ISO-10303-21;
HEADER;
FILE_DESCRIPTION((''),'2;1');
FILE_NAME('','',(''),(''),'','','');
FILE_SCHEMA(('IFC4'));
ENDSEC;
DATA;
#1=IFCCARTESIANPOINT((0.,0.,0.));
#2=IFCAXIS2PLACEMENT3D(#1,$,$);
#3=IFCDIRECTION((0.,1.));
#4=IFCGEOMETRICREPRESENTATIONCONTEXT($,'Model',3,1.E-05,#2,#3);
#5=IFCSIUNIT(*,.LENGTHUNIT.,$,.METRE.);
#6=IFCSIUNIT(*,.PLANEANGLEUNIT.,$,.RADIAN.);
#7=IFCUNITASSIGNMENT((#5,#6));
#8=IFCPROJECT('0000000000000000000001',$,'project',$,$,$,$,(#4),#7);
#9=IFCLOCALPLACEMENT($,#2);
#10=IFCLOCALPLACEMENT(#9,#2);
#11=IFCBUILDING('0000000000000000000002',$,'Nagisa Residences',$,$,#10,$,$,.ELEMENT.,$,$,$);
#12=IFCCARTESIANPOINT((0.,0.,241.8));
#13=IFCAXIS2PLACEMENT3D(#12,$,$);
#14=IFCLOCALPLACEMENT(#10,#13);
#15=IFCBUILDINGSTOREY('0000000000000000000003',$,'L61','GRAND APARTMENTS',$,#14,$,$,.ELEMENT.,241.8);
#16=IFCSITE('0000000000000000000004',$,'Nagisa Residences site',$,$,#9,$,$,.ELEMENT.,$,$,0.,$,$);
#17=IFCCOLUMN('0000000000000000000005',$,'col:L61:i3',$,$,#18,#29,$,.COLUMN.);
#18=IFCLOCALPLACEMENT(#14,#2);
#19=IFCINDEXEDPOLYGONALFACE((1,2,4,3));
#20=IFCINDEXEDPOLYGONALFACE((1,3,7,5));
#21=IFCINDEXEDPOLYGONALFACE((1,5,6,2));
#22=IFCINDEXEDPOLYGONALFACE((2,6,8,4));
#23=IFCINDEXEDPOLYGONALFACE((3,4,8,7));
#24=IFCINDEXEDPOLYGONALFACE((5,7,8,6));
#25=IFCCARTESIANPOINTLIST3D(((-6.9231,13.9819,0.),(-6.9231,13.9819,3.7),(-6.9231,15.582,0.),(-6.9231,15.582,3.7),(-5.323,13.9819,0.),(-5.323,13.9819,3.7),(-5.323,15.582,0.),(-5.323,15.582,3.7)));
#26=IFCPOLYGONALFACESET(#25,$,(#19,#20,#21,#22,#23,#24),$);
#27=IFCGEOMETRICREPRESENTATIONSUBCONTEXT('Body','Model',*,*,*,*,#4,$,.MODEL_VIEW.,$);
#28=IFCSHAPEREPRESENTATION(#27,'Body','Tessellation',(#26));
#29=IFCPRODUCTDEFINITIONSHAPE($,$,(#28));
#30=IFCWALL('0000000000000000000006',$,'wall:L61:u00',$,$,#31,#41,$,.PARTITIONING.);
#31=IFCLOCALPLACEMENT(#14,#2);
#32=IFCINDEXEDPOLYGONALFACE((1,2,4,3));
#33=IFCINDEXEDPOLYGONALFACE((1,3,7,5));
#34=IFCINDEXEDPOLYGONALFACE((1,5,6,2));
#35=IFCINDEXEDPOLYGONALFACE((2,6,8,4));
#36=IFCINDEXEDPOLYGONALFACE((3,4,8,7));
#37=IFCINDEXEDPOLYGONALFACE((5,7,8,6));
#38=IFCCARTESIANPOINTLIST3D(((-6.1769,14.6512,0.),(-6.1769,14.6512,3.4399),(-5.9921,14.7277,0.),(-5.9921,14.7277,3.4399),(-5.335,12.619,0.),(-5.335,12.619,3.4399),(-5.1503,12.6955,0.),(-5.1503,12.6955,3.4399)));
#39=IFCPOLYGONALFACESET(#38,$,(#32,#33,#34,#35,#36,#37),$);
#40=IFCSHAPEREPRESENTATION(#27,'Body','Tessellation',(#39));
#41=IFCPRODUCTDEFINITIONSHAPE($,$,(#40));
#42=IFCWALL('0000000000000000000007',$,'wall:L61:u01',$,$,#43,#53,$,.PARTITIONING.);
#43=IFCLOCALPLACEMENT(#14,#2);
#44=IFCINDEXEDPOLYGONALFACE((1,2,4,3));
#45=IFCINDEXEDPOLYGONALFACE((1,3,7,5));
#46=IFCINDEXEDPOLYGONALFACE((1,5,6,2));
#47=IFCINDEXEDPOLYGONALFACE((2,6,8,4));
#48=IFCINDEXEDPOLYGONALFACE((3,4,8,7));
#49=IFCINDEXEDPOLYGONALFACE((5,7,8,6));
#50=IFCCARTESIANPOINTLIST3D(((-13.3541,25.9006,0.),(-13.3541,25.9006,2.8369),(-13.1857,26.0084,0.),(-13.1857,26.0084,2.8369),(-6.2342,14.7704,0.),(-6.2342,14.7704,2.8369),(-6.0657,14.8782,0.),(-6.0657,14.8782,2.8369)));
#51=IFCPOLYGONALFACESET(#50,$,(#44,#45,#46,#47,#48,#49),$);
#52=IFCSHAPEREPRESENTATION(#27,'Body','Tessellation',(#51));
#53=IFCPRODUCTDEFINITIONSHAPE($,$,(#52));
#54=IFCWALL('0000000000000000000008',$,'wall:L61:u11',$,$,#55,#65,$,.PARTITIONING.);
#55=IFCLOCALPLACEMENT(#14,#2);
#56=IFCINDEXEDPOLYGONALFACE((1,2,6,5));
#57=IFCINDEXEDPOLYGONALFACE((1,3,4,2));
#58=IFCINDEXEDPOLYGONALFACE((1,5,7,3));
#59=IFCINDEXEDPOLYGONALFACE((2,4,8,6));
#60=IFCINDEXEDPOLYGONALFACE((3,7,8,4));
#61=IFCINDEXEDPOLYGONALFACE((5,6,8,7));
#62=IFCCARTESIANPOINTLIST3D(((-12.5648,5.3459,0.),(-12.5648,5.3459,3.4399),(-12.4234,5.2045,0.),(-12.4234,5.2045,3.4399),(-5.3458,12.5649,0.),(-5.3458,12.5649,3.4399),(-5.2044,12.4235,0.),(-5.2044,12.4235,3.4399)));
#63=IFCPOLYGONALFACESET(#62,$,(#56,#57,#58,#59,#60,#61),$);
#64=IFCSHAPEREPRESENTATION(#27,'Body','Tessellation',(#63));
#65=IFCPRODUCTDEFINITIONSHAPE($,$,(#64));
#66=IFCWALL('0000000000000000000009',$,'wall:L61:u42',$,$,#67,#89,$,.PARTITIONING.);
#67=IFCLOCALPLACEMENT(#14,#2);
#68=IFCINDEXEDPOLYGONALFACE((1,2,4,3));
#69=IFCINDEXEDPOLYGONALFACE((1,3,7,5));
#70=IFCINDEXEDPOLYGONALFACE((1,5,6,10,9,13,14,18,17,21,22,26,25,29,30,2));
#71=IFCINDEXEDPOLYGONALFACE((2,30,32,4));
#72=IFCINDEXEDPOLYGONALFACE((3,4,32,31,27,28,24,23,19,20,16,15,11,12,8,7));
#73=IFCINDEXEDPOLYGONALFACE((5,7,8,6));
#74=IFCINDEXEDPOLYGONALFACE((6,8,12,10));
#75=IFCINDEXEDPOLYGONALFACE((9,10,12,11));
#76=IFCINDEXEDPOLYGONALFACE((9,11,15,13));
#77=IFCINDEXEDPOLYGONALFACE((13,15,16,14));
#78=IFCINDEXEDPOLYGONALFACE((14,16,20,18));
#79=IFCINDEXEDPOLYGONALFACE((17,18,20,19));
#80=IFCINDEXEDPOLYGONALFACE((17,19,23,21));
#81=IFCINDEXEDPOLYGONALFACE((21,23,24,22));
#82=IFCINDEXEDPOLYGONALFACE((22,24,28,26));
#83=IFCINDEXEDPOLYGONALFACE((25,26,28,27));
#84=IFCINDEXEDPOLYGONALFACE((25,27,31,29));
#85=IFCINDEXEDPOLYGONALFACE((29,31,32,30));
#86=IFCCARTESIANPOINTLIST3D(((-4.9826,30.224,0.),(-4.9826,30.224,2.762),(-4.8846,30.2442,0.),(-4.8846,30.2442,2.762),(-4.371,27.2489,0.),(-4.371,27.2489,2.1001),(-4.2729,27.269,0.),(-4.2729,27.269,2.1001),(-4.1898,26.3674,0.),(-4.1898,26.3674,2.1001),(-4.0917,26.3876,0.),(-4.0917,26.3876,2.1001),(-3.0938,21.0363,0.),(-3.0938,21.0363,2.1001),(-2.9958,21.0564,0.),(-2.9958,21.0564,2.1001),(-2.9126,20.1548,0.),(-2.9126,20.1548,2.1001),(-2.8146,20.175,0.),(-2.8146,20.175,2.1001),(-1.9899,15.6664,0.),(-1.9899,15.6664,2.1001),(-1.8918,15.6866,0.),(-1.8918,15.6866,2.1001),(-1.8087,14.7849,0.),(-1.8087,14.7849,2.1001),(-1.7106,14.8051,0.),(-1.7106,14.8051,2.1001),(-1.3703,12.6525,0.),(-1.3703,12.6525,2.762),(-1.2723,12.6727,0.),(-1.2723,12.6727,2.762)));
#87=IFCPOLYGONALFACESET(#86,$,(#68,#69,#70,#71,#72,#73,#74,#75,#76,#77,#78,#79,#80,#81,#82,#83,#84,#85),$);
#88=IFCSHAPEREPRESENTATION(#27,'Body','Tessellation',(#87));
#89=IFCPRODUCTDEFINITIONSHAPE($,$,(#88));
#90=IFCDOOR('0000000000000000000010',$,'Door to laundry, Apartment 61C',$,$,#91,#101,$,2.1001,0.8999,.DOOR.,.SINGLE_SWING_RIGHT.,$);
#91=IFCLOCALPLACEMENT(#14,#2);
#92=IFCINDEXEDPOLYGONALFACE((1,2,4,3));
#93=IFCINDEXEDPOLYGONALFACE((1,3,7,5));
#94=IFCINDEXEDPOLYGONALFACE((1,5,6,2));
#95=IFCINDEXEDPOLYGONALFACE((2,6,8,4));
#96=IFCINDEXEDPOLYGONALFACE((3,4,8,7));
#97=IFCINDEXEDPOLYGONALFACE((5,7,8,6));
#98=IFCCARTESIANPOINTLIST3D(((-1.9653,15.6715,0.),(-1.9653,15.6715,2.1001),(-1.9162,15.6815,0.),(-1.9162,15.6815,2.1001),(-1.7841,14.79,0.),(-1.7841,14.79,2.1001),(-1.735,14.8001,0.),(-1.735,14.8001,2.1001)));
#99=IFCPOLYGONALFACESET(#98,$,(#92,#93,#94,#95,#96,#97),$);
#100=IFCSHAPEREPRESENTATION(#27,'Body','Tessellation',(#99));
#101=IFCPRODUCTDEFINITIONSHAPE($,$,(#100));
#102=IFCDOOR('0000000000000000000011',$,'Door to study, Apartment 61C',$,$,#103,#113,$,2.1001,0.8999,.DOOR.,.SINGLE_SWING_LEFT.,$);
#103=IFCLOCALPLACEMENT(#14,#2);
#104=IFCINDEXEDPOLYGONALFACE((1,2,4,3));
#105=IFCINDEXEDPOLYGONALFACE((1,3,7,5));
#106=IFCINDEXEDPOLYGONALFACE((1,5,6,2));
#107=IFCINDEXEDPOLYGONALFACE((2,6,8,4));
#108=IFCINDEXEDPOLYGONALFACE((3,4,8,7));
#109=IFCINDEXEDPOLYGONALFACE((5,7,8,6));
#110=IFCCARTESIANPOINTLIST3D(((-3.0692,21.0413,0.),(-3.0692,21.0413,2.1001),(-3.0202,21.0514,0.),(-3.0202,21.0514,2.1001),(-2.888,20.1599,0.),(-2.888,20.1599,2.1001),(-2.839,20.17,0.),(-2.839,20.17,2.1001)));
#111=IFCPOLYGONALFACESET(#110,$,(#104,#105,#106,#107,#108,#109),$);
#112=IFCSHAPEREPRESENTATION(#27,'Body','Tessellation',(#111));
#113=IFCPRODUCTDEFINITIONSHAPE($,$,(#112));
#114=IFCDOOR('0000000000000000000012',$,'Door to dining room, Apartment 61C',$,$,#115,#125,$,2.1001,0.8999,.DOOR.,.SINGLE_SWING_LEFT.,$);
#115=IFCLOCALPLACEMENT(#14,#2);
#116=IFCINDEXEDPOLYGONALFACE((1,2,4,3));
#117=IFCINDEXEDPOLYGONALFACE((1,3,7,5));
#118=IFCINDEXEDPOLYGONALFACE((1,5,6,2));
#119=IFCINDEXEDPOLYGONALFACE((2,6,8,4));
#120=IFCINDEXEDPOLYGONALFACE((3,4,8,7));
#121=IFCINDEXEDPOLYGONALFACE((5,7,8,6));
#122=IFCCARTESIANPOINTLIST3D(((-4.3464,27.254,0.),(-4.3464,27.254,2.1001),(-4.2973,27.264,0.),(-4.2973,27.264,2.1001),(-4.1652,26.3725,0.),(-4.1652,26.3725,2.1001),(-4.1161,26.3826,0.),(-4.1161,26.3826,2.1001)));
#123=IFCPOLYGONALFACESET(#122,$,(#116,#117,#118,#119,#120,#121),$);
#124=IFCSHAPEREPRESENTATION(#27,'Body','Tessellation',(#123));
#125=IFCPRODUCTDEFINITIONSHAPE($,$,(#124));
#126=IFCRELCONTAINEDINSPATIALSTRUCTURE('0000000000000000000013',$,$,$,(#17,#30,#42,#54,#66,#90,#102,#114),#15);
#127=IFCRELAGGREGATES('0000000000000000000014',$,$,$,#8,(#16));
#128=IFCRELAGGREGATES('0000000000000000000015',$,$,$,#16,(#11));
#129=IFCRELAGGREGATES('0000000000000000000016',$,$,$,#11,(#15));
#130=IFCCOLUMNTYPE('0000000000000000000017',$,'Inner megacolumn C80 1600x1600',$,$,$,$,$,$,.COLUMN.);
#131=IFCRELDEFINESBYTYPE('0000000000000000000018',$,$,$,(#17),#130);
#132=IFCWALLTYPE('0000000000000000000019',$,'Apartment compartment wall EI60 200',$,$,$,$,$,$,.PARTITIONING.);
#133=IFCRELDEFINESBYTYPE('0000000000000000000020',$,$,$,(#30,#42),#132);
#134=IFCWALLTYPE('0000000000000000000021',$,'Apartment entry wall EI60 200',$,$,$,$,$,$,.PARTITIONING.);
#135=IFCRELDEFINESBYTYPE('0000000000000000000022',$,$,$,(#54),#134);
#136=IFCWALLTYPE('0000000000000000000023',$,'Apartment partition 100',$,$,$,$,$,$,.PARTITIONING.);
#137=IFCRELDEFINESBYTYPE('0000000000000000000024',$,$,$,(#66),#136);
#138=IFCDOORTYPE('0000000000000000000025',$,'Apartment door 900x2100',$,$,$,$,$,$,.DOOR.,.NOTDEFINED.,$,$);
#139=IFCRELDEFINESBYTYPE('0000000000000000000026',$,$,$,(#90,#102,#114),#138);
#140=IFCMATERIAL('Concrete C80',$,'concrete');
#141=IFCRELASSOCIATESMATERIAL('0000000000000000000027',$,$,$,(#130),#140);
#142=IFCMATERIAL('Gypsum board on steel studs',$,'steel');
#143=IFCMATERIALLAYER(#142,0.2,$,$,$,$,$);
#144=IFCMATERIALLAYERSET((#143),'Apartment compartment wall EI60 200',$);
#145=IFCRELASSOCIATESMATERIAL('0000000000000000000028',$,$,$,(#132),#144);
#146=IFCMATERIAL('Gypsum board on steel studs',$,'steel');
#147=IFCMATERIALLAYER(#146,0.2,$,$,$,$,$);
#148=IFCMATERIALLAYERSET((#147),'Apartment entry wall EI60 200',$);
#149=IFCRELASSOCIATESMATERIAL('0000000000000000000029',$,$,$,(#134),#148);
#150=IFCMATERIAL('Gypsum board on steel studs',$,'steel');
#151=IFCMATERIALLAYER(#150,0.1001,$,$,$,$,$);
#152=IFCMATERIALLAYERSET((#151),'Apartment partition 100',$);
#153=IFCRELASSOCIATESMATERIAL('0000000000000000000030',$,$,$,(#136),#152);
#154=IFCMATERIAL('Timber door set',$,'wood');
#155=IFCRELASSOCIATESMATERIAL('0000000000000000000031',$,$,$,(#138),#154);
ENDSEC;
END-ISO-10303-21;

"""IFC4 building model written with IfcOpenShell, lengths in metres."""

from ifc_helpers import new_model, si_unit, direction, frame, frame_2d, origin, origin_2d, place, context, subcontext, project, spatial, rectangle, extrude, material, layer, layer_set, material_profile, profile_set, type_object, element, fill, save


model = new_model("IFC4")

# Units and contexts
model_context = context("Model", 3, precision=1e-05, world=origin(), true_north=direction((0.0, 1.0)))
body_context = subcontext(model_context, "Body", "Model", "MODEL_VIEW")
ifc_project = project(units=[si_unit("LENGTHUNIT", "METRE"), si_unit("PLANEANGLEUNIT", "RADIAN")], contexts=[model_context])

# Site, building, storey
site_placement = place(None, origin())
site = spatial("IfcSite", under=ifc_project, at=site_placement, Name="Nagisa Residences site", CompositionType="ELEMENT", RefElevation=0.0)
building_placement = place(site_placement, origin())
building = spatial("IfcBuilding", under=site, at=building_placement, Name="Nagisa Residences", CompositionType="ELEMENT")
storey_placement = place(building_placement, frame((0.0, 0.0, 241.8)))
storey = spatial("IfcBuildingStorey", under=building, at=storey_placement, Name="L61", Description="GRAND APARTMENTS", CompositionType="ELEMENT", Elevation=241.8)

# Column
ifc_material_1 = material(Name="Concrete C80", Category="concrete")
ifc_material_profile = material_profile(ifc_material_1, rectangle(XDim=1.6001, YDim=1.6001, at=origin_2d()), Name="C80 1600x1600")
ifc_profile_set = profile_set([ifc_material_profile], Name="Concrete C80")
column_type = type_object("IfcColumnType", Name="Inner megacolumn C80 1600x1600", PredefinedType="COLUMN", material=ifc_profile_set)
column_placement = place(storey_placement, frame((-6.123, 14.782, 0.0), z_axis=(0.0, 0.0, 1.0), x_axis=(1.0, 0.0, 0.0)))
element("IfcColumn", 1, at=column_placement, inside=storey, type_object=column_type, Name="col:L61:i3", PredefinedType="COLUMN", context=body_context, shape_type="SweptSolid", body=[
    extrude(rectangle(XDim=1.6001, YDim=1.6001, at=origin_2d()), origin(), (0.0, 0.0, 1.0), 3.7),
])

# Walls
ifc_material_2 = material(Name="Gypsum board on steel studs", Category="steel")
ifc_layer_1 = layer(ifc_material_2, 0.2)
ifc_layer_set_1 = layer_set([ifc_layer_1], Name="Apartment compartment wall EI60 200")
wall_type_1 = type_object("IfcWallType", Name="Apartment compartment wall EI60 200", PredefinedType="PARTITIONING", material=ifc_layer_set_1)
wall_1_placement = place(storey_placement, frame((-5.2427, 12.6572, 0.0), z_axis=(0.0, 0.0, 1.0), x_axis=(-0.382692, 0.923876, 0.0)))
element("IfcWall", 2, at=wall_1_placement, inside=storey, type_object=wall_type_1, Name="wall:L61:u00", PredefinedType="PARTITIONING", context=body_context, shape_type="SweptSolid", body=[
    extrude(rectangle(XDim=2.1997, YDim=0.2, at=frame_2d((1.0999, 0.0))), origin(), (0.0, 0.0, 1.0), 3.4399),
])
wall_2_placement = place(storey_placement, frame((-6.1499, 14.8242, 0.0), z_axis=(0.0, 0.0, 1.0), x_axis=(-0.538871, 0.842388, 0.0)))
element("IfcWall", 3, at=wall_2_placement, inside=storey, type_object=wall_type_1, Name="wall:L61:u01", PredefinedType="PARTITIONING", context=body_context, shape_type="SweptSolid", body=[
    extrude(rectangle(XDim=13.2126, YDim=0.2, at=frame_2d((6.6064, 0.0))), origin(), (0.0, 0.0, 1.0), 2.8369),
])
ifc_material_3 = material(Name="Gypsum board on steel studs", Category="steel")
ifc_layer_2 = layer(ifc_material_3, 0.2)
ifc_layer_set_2 = layer_set([ifc_layer_2], Name="Apartment entry wall EI60 200")
wall_type_2 = type_object("IfcWallType", Name="Apartment entry wall EI60 200", PredefinedType="PARTITIONING", material=ifc_layer_set_2)
wall_3_placement = place(storey_placement, frame((-5.2751, 12.4941, 0.0), z_axis=(0.0, 0.0, 1.0), x_axis=(-0.707107, -0.707107, 0.0)))
element("IfcWall", 4, at=wall_3_placement, inside=storey, type_object=wall_type_2, Name="wall:L61:u11", PredefinedType="PARTITIONING", context=body_context, shape_type="SweptSolid", body=[
    extrude(rectangle(XDim=10.2092, YDim=0.2, at=frame_2d((5.1045, 0.0))), origin(), (0.0, 0.0, 1.0), 3.4399),
])

# Wall, openings, doors
ifc_material_4 = material(Name="Gypsum board on steel studs", Category="steel")
ifc_layer_3 = layer(ifc_material_4, 0.1001)
ifc_layer_set_3 = layer_set([ifc_layer_3], Name="Apartment partition 100")
wall_type_3 = type_object("IfcWallType", Name="Apartment partition 100", PredefinedType="PARTITIONING", material=ifc_layer_set_3)
wall_4_placement = place(storey_placement, frame((-1.3213, 12.6626, 0.0), z_axis=(0.0, 0.0, 1.0), x_axis=(-0.201366, 0.979516, 0.0)))
wall_4 = element("IfcWall", 5, at=wall_4_placement, inside=storey, type_object=wall_type_3, Name="wall:L61:u42", PredefinedType="PARTITIONING", context=body_context, shape_type="SweptSolid", body=[
    extrude(rectangle(XDim=17.939, YDim=0.1001, at=frame_2d((8.9695, 0.0))), origin(), (0.0, 0.0, 1.0), 2.762),
])
opening_1_placement = place(wall_4_placement, frame((2.177, 0.0, 0.0)))
opening_1 = element("IfcOpeningElement", 6, at=opening_1_placement, cuts=wall_4, PredefinedType="OPENING", context=body_context, shape_type="SweptSolid", body=[
    extrude(rectangle(XDim=0.8999, YDim=2.1001, at=frame_2d((0.45, 1.05))), frame((0.0, 0.0601, 0.0), z_axis=(0.0, -1.0, 0.0), x_axis=(1.0, 0.0, 0.0)), (0.0, 0.0, 1.0), 0.1201),
])
opening_2_placement = place(wall_4_placement, frame((7.6592, 0.0, 0.0)))
opening_2 = element("IfcOpeningElement", 7, at=opening_2_placement, cuts=wall_4, PredefinedType="OPENING", context=body_context, shape_type="SweptSolid", body=[
    extrude(rectangle(XDim=0.8999, YDim=2.1001, at=frame_2d((0.45, 1.05))), frame((0.0, 0.0601, 0.0), z_axis=(0.0, -1.0, 0.0), x_axis=(1.0, 0.0, 0.0)), (0.0, 0.0, 1.0), 0.1201),
])
opening_3_placement = place(wall_4_placement, frame((14.0017, 0.0, 0.0)))
opening_3 = element("IfcOpeningElement", 8, at=opening_3_placement, cuts=wall_4, PredefinedType="OPENING", context=body_context, shape_type="SweptSolid", body=[
    extrude(rectangle(XDim=0.8999, YDim=2.1001, at=frame_2d((0.45, 1.05))), frame((0.0, 0.0601, 0.0), z_axis=(0.0, -1.0, 0.0), x_axis=(1.0, 0.0, 0.0)), (0.0, 0.0, 1.0), 0.1201),
])
ifc_material_5 = material(Name="Timber door set", Category="wood")
door_type_1 = type_object("IfcDoorType", Name="Apartment door 900x2100", OperationType="NOTDEFINED", PredefinedType="DOOR", material=ifc_material_5)
door_1_placement = place(opening_1_placement, origin())
door_1 = element("IfcDoor", 9, at=door_1_placement, inside=storey, type_object=door_type_1, Name="Door to laundry, Apartment 61C", OperationType="SINGLE_SWING_RIGHT", OverallHeight=2.1001, OverallWidth=0.8999, PredefinedType="DOOR", context=body_context, shape_type="SweptSolid", body=[
    extrude(rectangle(XDim=0.8999, YDim=2.1001, at=frame_2d((0.45, 1.05))), frame((0.0, 0.0249, 0.0), z_axis=(0.0, -1.0, 0.0), x_axis=(1.0, 0.0, 0.0)), (0.0, 0.0, 1.0), 0.05),
])
fill(opening_1, door_1)
door_2_placement = place(opening_2_placement, origin())
door_2 = element("IfcDoor", 10, at=door_2_placement, inside=storey, type_object=door_type_1, Name="Door to study, Apartment 61C", OperationType="SINGLE_SWING_LEFT", OverallHeight=2.1001, OverallWidth=0.8999, PredefinedType="DOOR", context=body_context, shape_type="SweptSolid", body=[
    extrude(rectangle(XDim=0.8999, YDim=2.1001, at=frame_2d((0.45, 1.05))), frame((0.0, 0.0249, 0.0), z_axis=(0.0, -1.0, 0.0), x_axis=(1.0, 0.0, 0.0)), (0.0, 0.0, 1.0), 0.05),
])
fill(opening_2, door_2)
door_3_placement = place(opening_3_placement, origin())
door_3 = element("IfcDoor", 11, at=door_3_placement, inside=storey, type_object=door_type_1, Name="Door to dining room, Apartment 61C", OperationType="SINGLE_SWING_LEFT", OverallHeight=2.1001, OverallWidth=0.8999, PredefinedType="DOOR", context=body_context, shape_type="SweptSolid", body=[
    extrude(rectangle(XDim=0.8999, YDim=2.1001, at=frame_2d((0.45, 1.05))), frame((0.0, 0.0249, 0.0), z_axis=(0.0, -1.0, 0.0), x_axis=(1.0, 0.0, 0.0)), (0.0, 0.0, 1.0), 0.05),
])
fill(opening_3, door_3)

save(model, "model.ifc")
